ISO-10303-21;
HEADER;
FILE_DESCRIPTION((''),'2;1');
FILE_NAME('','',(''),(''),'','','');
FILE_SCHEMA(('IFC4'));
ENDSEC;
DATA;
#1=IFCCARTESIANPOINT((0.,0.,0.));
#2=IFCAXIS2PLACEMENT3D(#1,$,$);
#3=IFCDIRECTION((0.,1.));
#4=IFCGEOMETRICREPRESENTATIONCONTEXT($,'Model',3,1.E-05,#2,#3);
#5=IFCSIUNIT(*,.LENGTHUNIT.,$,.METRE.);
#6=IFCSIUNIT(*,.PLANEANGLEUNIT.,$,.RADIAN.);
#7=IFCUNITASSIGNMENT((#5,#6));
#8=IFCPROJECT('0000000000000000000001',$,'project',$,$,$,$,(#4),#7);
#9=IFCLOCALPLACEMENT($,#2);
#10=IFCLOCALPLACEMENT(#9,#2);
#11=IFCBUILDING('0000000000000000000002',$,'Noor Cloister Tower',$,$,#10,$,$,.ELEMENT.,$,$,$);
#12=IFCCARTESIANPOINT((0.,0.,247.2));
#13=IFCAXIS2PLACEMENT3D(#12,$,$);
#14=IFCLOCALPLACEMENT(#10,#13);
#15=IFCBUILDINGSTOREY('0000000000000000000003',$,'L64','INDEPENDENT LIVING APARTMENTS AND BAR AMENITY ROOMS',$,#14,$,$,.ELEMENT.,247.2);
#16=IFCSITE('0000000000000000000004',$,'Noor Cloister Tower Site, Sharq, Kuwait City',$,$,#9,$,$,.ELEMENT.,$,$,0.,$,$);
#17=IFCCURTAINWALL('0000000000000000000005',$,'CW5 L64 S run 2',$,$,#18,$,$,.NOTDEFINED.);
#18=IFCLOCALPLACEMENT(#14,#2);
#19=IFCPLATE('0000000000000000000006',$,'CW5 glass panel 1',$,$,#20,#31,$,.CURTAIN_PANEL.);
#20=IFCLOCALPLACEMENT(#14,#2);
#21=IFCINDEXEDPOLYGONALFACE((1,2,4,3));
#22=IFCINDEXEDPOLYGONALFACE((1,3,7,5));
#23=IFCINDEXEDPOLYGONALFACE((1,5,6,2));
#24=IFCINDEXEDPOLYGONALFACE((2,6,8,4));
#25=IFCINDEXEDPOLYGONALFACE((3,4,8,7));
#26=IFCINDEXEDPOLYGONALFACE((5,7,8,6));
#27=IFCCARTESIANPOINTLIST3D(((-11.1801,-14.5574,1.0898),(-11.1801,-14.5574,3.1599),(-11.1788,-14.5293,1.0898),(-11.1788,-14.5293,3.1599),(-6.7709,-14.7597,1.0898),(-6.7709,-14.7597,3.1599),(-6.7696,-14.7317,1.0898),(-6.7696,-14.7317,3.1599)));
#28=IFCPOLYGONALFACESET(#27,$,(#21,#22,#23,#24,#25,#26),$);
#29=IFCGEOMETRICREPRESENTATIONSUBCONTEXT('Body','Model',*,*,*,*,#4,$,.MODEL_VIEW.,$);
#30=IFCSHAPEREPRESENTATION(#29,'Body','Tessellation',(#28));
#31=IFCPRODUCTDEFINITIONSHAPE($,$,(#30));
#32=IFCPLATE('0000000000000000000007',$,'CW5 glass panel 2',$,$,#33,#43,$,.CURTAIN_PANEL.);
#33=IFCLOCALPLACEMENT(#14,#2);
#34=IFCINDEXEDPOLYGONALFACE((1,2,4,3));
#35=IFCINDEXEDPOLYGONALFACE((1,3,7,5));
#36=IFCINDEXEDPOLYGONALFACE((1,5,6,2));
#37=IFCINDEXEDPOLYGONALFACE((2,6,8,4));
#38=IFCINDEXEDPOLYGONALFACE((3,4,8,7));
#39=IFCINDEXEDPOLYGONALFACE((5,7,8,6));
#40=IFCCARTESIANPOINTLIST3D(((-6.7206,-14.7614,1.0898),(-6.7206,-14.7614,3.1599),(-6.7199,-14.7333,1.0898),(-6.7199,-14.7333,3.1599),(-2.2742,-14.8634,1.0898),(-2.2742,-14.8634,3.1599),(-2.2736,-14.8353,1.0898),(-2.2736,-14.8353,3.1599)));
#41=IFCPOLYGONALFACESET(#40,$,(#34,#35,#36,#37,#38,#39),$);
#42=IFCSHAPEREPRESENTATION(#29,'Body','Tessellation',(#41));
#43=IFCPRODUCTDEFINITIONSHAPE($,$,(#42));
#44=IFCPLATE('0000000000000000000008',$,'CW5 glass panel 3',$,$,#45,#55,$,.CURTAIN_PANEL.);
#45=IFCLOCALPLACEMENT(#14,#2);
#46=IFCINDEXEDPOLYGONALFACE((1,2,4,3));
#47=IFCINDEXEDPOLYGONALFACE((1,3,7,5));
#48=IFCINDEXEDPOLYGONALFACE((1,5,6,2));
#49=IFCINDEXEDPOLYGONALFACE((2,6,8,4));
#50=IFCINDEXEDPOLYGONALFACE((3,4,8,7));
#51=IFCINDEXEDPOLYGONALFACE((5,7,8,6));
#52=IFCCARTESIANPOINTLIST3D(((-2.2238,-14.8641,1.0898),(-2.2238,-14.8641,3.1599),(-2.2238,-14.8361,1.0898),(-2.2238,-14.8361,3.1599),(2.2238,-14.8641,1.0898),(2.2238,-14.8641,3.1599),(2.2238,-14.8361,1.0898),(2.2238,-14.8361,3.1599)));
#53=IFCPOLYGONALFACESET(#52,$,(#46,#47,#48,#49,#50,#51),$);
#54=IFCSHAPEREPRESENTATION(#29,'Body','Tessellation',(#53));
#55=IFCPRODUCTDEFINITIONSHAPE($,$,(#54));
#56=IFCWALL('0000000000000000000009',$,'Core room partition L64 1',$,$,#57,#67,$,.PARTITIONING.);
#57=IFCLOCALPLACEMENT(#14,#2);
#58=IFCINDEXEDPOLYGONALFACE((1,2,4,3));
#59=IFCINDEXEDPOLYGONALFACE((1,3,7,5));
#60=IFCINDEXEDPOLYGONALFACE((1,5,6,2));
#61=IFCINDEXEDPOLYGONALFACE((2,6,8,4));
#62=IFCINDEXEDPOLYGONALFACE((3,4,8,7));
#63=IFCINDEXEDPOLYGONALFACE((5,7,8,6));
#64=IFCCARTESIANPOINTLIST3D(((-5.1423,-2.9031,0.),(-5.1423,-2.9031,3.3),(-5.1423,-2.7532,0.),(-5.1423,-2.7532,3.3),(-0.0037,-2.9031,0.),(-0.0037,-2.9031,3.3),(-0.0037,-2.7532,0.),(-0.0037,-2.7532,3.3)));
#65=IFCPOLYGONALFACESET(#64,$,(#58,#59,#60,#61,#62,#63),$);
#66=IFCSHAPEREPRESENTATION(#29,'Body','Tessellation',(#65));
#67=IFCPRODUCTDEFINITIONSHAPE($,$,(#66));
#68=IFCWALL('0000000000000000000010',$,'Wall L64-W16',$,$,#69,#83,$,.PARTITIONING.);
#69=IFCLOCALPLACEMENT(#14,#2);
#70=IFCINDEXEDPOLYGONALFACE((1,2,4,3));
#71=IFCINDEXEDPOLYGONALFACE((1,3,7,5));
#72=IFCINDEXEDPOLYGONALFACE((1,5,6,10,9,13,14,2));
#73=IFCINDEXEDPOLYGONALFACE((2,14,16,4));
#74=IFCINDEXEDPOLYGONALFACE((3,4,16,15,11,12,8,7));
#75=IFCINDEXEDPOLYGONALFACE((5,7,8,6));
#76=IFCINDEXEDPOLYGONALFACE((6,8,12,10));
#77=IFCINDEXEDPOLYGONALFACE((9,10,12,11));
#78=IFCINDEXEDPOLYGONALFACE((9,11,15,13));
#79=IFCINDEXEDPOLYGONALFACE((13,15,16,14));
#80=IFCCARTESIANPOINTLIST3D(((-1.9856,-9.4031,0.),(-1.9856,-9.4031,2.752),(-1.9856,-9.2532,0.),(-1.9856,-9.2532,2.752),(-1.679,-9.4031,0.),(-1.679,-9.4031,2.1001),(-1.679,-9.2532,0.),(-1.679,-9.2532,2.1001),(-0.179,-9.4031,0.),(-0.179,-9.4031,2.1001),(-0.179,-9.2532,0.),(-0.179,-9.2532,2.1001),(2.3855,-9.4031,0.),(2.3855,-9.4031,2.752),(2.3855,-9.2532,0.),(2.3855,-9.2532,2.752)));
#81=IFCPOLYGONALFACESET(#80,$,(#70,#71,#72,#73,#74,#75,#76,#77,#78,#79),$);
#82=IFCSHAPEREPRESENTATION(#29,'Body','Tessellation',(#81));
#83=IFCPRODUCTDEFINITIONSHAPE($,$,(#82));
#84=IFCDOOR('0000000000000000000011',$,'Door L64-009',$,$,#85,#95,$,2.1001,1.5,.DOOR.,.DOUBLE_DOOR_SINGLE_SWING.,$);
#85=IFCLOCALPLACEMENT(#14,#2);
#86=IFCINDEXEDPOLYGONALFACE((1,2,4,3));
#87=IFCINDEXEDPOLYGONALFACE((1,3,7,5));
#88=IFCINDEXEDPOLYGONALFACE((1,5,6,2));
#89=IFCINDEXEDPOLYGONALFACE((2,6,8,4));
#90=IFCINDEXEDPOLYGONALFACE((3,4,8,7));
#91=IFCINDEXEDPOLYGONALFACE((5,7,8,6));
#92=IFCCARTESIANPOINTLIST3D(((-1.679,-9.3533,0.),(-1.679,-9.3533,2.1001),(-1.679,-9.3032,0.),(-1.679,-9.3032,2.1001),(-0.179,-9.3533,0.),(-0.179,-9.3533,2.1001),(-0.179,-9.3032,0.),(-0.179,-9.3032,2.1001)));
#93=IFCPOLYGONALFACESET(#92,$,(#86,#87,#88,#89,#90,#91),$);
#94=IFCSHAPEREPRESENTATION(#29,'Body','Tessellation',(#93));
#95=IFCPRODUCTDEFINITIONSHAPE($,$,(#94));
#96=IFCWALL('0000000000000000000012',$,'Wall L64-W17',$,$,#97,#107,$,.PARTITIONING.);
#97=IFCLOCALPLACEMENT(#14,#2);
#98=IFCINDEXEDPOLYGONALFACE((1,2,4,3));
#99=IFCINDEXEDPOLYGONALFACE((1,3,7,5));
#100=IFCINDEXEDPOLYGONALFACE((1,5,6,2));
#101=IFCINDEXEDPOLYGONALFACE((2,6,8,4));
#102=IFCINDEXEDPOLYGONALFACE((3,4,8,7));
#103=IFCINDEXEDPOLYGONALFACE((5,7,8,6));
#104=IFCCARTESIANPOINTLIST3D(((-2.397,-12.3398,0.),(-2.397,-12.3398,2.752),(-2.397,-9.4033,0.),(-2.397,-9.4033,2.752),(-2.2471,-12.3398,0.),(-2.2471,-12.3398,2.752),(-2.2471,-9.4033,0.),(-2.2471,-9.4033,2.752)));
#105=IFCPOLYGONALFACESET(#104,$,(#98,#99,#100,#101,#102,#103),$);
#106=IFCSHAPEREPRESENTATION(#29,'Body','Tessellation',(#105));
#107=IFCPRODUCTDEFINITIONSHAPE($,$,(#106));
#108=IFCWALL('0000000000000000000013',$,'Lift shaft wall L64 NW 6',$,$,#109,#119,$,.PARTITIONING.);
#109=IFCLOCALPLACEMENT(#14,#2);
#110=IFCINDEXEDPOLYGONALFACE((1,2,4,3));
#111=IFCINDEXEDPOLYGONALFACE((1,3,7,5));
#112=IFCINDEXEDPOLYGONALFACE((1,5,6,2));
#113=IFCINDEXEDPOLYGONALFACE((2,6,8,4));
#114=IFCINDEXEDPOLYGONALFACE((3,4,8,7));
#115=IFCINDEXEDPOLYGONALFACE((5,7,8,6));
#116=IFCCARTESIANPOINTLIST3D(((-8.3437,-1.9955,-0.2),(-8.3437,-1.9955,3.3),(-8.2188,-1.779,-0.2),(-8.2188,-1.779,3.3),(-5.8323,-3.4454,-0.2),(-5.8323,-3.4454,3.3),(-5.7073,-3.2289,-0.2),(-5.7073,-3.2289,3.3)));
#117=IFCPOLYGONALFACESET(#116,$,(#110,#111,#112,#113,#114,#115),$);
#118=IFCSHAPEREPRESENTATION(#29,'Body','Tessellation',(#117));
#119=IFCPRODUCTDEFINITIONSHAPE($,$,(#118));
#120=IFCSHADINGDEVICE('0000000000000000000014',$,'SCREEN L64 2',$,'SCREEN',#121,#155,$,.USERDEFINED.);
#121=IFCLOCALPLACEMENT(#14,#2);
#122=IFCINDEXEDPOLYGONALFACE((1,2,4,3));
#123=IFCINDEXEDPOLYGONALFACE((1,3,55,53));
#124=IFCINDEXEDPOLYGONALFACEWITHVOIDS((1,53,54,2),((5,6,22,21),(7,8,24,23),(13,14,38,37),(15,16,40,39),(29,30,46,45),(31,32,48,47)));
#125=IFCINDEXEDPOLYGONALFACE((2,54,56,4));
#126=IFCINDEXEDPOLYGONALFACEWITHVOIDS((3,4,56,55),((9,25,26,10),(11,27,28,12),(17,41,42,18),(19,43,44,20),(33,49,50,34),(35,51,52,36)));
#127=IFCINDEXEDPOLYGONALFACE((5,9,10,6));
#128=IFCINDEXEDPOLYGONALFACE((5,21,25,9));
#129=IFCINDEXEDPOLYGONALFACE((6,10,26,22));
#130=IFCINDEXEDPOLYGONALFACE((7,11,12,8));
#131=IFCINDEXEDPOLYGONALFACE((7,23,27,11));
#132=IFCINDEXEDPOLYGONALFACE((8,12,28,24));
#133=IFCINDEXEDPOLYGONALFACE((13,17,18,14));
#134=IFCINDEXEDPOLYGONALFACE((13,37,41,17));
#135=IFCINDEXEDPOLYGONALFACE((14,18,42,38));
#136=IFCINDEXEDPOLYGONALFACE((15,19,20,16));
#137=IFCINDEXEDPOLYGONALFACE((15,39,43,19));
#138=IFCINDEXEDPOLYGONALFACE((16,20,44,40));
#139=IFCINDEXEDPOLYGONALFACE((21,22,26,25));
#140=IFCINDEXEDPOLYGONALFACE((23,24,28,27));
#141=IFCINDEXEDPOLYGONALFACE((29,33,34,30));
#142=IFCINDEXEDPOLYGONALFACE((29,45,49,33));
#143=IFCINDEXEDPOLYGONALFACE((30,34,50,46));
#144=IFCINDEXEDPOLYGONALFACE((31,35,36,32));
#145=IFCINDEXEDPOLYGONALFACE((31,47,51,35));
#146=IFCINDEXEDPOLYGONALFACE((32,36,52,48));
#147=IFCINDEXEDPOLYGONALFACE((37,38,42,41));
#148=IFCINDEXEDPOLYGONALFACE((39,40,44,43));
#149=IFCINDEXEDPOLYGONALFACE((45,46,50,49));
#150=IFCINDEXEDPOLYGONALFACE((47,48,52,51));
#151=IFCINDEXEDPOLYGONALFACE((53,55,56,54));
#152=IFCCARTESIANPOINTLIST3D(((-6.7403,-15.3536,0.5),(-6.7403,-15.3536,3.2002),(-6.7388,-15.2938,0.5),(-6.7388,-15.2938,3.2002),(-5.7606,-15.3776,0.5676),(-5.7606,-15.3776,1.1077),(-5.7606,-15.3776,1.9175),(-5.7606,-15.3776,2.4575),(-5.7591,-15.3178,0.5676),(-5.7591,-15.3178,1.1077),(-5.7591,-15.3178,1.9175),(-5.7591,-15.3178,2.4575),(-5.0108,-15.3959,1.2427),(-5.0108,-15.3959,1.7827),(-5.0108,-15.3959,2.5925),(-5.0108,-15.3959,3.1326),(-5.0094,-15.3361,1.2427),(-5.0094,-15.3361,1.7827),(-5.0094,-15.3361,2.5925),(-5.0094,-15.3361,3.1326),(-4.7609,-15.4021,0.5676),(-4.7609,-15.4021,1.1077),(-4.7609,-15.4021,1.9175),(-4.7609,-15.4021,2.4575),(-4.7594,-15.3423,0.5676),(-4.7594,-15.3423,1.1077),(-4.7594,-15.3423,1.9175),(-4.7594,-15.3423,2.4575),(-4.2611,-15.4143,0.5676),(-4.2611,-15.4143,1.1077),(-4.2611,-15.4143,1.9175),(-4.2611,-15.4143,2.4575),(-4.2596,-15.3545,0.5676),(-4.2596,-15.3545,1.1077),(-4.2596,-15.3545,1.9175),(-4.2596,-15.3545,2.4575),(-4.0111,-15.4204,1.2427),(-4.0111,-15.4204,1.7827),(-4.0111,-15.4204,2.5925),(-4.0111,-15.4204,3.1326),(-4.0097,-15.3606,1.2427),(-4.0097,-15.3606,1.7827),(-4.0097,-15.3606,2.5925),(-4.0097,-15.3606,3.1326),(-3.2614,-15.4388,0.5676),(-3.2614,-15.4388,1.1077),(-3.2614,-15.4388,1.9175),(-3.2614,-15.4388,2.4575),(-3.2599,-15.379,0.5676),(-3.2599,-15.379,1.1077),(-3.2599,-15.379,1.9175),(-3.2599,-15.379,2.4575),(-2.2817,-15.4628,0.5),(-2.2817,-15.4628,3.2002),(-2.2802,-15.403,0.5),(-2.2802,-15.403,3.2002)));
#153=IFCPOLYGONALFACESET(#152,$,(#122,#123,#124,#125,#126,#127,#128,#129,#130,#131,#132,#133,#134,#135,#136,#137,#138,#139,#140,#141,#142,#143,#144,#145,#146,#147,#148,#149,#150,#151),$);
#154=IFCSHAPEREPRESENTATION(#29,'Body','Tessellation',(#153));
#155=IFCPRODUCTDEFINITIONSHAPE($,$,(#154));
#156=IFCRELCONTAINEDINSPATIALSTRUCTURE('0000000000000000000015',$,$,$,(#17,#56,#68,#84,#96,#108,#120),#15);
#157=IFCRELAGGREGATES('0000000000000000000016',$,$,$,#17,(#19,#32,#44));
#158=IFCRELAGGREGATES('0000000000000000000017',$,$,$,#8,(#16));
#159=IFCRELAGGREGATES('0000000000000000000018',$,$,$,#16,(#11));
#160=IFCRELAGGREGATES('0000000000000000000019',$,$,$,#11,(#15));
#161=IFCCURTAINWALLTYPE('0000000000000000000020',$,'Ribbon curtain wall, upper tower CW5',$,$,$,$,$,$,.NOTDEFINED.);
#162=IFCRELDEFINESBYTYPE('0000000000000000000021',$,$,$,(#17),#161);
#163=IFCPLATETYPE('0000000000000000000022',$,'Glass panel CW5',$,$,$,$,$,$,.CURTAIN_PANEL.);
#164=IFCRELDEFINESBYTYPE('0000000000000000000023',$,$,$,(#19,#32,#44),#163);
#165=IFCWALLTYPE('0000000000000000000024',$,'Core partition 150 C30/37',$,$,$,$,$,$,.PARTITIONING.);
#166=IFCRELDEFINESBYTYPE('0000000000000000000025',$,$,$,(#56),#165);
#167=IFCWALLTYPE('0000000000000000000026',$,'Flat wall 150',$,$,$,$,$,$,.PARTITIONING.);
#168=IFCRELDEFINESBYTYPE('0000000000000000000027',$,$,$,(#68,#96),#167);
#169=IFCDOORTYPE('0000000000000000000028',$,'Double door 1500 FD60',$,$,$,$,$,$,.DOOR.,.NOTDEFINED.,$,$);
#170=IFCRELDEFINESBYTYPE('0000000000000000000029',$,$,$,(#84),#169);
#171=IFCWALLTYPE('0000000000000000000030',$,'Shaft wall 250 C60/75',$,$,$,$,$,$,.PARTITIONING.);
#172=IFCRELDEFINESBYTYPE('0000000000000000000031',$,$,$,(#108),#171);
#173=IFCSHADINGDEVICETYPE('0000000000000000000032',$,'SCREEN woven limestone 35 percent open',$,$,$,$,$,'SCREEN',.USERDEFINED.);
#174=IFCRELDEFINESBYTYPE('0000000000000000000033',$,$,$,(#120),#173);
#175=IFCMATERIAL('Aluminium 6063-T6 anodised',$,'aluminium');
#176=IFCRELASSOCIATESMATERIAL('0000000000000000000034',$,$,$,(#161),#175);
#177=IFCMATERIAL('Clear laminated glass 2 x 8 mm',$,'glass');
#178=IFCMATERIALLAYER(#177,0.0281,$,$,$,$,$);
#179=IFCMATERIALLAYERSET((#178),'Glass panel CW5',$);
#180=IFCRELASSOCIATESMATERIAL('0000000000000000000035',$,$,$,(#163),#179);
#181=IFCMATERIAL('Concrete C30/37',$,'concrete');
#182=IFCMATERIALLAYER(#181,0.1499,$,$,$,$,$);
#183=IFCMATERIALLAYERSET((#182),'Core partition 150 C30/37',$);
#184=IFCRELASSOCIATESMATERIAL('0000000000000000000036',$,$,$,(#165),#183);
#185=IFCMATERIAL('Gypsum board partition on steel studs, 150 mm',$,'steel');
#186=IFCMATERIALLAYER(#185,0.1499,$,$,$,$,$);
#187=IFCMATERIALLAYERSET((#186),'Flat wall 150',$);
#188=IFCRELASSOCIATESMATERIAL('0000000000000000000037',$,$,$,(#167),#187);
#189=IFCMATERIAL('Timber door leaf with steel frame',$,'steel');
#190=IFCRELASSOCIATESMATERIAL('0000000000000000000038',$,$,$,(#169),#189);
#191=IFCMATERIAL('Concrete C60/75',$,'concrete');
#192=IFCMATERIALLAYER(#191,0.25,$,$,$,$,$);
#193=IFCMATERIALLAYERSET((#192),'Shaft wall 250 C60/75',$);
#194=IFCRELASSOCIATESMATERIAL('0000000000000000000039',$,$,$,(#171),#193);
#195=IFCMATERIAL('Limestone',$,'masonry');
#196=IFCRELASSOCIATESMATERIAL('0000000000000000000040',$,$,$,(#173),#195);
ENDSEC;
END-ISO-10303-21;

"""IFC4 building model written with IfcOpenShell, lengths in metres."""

from ifc_helpers import new_model, si_unit, direction, frame, frame_2d, origin, origin_2d, place, context, subcontext, project, spatial, polyline, rectangle, outline, extrude, material, layer, layer_set, material_profile, profile_set, type_object, element, fill, aggregate, save


model = new_model("IFC4")

# Units and contexts
model_context = context("Model", 3, precision=1e-05, world=origin(), true_north=direction((0.0, 1.0)))
body_context = subcontext(model_context, "Body", "Model", "MODEL_VIEW")
ifc_project = project(units=[si_unit("LENGTHUNIT", "METRE"), si_unit("PLANEANGLEUNIT", "RADIAN")], contexts=[model_context])

# Site, building, storey
site_placement = place(None, origin())
site = spatial("IfcSite", under=ifc_project, at=site_placement, Name="Noor Cloister Tower Site, Sharq, Kuwait City", CompositionType="ELEMENT", RefElevation=0.0)
building_placement = place(site_placement, origin())
building = spatial("IfcBuilding", under=site, at=building_placement, Name="Noor Cloister Tower", CompositionType="ELEMENT")
storey_placement = place(building_placement, frame((0.0, 0.0, 247.2)))
storey = spatial("IfcBuildingStorey", under=building, at=storey_placement, Name="L64", Description="INDEPENDENT LIVING APARTMENTS AND BAR AMENITY ROOMS", CompositionType="ELEMENT", Elevation=247.2)

# Curtain wall
ifc_material_1 = material(Name="Aluminium 6063-T6 anodised", Category="aluminium")
curtain_wall_type = type_object("IfcCurtainWallType", Name="Ribbon curtain wall, upper tower CW5", PredefinedType="NOTDEFINED", material=ifc_material_1)
curtain_wall_1_placement = place(storey_placement, origin())
curtain_wall_1 = element("IfcCurtainWall", 1, at=curtain_wall_1_placement, inside=storey, type_object=curtain_wall_type, Name="CW5 L64 S run 2", PredefinedType="NOTDEFINED")

# Plates
ifc_material_2 = material(Name="Clear laminated glass 2 x 8 mm", Category="glass")
ifc_layer_1 = layer(ifc_material_2, 0.0281)
ifc_layer_set_1 = layer_set([ifc_layer_1], Name="Glass panel CW5")
plate_type = type_object("IfcPlateType", Name="Glass panel CW5", PredefinedType="CURTAIN_PANEL", material=ifc_layer_set_1)
plate_1_placement = place(storey_placement, frame((-8.9749, -14.6445, 1.0898), z_axis=(0.0, 0.0, 1.0), x_axis=(0.998949, -0.045838, 0.0)))
plate_1 = element("IfcPlate", 2, at=plate_1_placement, type_object=plate_type, Name="CW5 glass panel 1", PredefinedType="CURTAIN_PANEL", context=body_context, shape_type="SweptSolid", body=[
    extrude(rectangle(XDim=4.4138, YDim=0.0281, at=origin_2d()), origin(), (0.0, 0.0, 1.0), 2.0701),
])
plate_2_placement = place(storey_placement, frame((-4.4971, -14.7983, 1.0898), z_axis=(0.0, 0.0, 1.0), x_axis=(0.999737, -0.022925, 0.0)))
plate_2 = element("IfcPlate", 3, at=plate_2_placement, type_object=plate_type, Name="CW5 glass panel 2", PredefinedType="CURTAIN_PANEL", context=body_context, shape_type="SweptSolid", body=[
    extrude(rectangle(XDim=4.4475, YDim=0.0281, at=origin_2d()), origin(), (0.0, 0.0, 1.0), 2.0701),
])
plate_3_placement = place(storey_placement, frame((0.0, -14.8501, 1.0898), z_axis=(0.0, 0.0, 1.0), x_axis=(1.0, 0.0, 0.0)))
plate_3 = element("IfcPlate", 4, at=plate_3_placement, type_object=plate_type, Name="CW5 glass panel 3", PredefinedType="CURTAIN_PANEL", context=body_context, shape_type="SweptSolid", body=[
    extrude(rectangle(XDim=4.4475, YDim=0.0281, at=origin_2d()), origin(), (0.0, 0.0, 1.0), 2.0701),
])
aggregate(curtain_wall_1, [plate_1, plate_2, plate_3])

# Wall
ifc_material_3 = material(Name="Concrete C30/37", Category="concrete")
ifc_layer_2 = layer(ifc_material_3, 0.1499)
ifc_layer_set_2 = layer_set([ifc_layer_2], Name="Core partition 150 C30/37")
wall_type_1 = type_object("IfcWallType", Name="Core partition 150 C30/37", PredefinedType="PARTITIONING", material=ifc_layer_set_2)
wall_1_placement = place(storey_placement, frame((-5.1423, -2.8281, 0.0), z_axis=(0.0, 0.0, 1.0), x_axis=(1.0, 0.0, 0.0)))
element("IfcWall", 5, at=wall_1_placement, inside=storey, type_object=wall_type_1, Name="Core room partition L64 1", PredefinedType="PARTITIONING", context=body_context, shape_type="SweptSolid", body=[
    extrude(rectangle(XDim=5.1387, YDim=0.1499, at=frame_2d((2.5693, 0.0))), origin(), (0.0, 0.0, 1.0), 3.3),
])

# Wall, opening, door
ifc_material_4 = material(Name="Gypsum board partition on steel studs, 150 mm", Category="steel")
ifc_layer_3 = layer(ifc_material_4, 0.1499)
ifc_layer_set_3 = layer_set([ifc_layer_3], Name="Flat wall 150")
wall_type_2 = type_object("IfcWallType", Name="Flat wall 150", PredefinedType="PARTITIONING", material=ifc_layer_set_3)
wall_2_placement = place(storey_placement, frame((-1.9856, -9.3281, 0.0), z_axis=(0.0, 0.0, 1.0), x_axis=(1.0, 0.0, 0.0)))
wall_2 = element("IfcWall", 6, at=wall_2_placement, inside=storey, type_object=wall_type_2, Name="Wall L64-W16", PredefinedType="PARTITIONING", context=body_context, shape_type="SweptSolid", body=[
    extrude(rectangle(XDim=4.3711, YDim=0.1499, at=frame_2d((2.1855, 0.0))), origin(), (0.0, 0.0, 1.0), 2.752),
])
opening_placement = place(wall_2_placement, frame((0.3066, 0.0, 0.0)))
opening = element("IfcOpeningElement", 7, at=opening_placement, cuts=wall_2, PredefinedType="OPENING", context=body_context, shape_type="SweptSolid", body=[
    extrude(rectangle(XDim=1.5, YDim=2.1001, at=frame_2d((0.75, 1.05))), frame((0.0, 0.085, 0.0), z_axis=(0.0, -1.0, 0.0), x_axis=(1.0, 0.0, 0.0)), (0.0, 0.0, 1.0), 0.1699),
])
ifc_material_5 = material(Name="Timber door leaf with steel frame", Category="steel")
door_type = type_object("IfcDoorType", Name="Double door 1500 FD60", OperationType="NOTDEFINED", PredefinedType="DOOR", material=ifc_material_5)
door_placement = place(opening_placement, origin())
door = element("IfcDoor", 8, at=door_placement, inside=storey, type_object=door_type, Name="Door L64-009", OperationType="DOUBLE_DOOR_SINGLE_SWING", OverallHeight=2.1001, OverallWidth=1.5, PredefinedType="DOOR", context=body_context, shape_type="SweptSolid", body=[
    extrude(rectangle(XDim=1.5, YDim=2.1001, at=frame_2d((0.75, 1.05))), frame((0.0, 0.0249, 0.0), z_axis=(0.0, -1.0, 0.0), x_axis=(1.0, 0.0, 0.0)), (0.0, 0.0, 1.0), 0.05),
])
fill(opening, door)

# Walls
wall_3_placement = place(storey_placement, frame((-2.322, -9.4033, 0.0), z_axis=(0.0, 0.0, 1.0), x_axis=(0.0, -1.0, 0.0)))
element("IfcWall", 9, at=wall_3_placement, inside=storey, type_object=wall_type_2, Name="Wall L64-W17", PredefinedType="PARTITIONING", context=body_context, shape_type="SweptSolid", body=[
    extrude(rectangle(XDim=2.9365, YDim=0.1499, at=frame_2d((1.4683, 0.0))), origin(), (0.0, 0.0, 1.0), 2.752),
])
ifc_material_6 = material(Name="Concrete C60/75", Category="concrete")
ifc_layer_4 = layer(ifc_material_6, 0.25)
ifc_layer_set_4 = layer_set([ifc_layer_4], Name="Shaft wall 250 C60/75")
wall_type_3 = type_object("IfcWallType", Name="Shaft wall 250 C60/75", PredefinedType="PARTITIONING", material=ifc_layer_set_4)
wall_4_placement = place(storey_placement, frame((-8.2812, -1.8872, -0.2), z_axis=(0.0, 0.0, 1.0), x_axis=(0.866033, -0.499987, 0.0)))
element("IfcWall", 10, at=wall_4_placement, inside=storey, type_object=wall_type_3, Name="Lift shaft wall L64 NW 6", PredefinedType="PARTITIONING", context=body_context, shape_type="SweptSolid", body=[
    extrude(rectangle(XDim=2.8999, YDim=0.25, at=frame_2d((1.45, 0.0))), origin(), (0.0, 0.0, 1.0), 3.5),
])

# Shading device
ifc_material_7 = material(Name="Limestone", Category="masonry")
ifc_material_profile_1 = material_profile(ifc_material_7, outline(polyline([(-2.23, -1.3501), (2.23, -1.3501), (2.23, 1.3501), (-2.23, 1.3501), (-2.23, -1.3501)]), holes=[polyline([(-1.25, -1.2825), (-0.25, -1.2825), (-0.25, -0.7424), (-1.25, -0.7424), (-1.25, -1.2825)]), polyline([(0.25, -1.2825), (1.25, -1.2825), (1.25, -0.7424), (0.25, -0.7424), (0.25, -1.2825)]), polyline([(-0.5, -0.6074), (0.5, -0.6074), (0.5, -0.0674), (-0.5, -0.0674), (-0.5, -0.6074)]), polyline([(-1.25, 0.0674), (-0.25, 0.0674), (-0.25, 0.6074), (-1.25, 0.6074), (-1.25, 0.0674)]), polyline([(0.25, 0.0674), (1.25, 0.0674), (1.25, 0.6074), (0.25, 0.6074), (0.25, 0.0674)]), polyline([(-0.5, 0.7424), (0.5, 0.7424), (0.5, 1.2825), (-0.5, 1.2825), (-0.5, 0.7424)])]), Name="Woven screen 35 percent open")
ifc_profile_set_1 = profile_set([ifc_material_profile_1], Name="Limestone")
shading_device_type = type_object("IfcShadingDeviceType", Name="SCREEN woven limestone 35 percent open", ElementType="SCREEN", PredefinedType="USERDEFINED", material=ifc_profile_set_1)
shading_device_1_placement = place(storey_placement, frame((-4.5095, -15.3484, 1.8501), z_axis=(-0.024482, -0.9997, 0.0), x_axis=(0.9997, -0.024482, 0.0)))
element("IfcShadingDevice", 11, at=shading_device_1_placement, inside=storey, type_object=shading_device_type, Name="SCREEN L64 2", ObjectType="SCREEN", PredefinedType="USERDEFINED", context=body_context, shape_type="SweptSolid", body=[
    extrude(outline(polyline([(-2.23, -1.3501), (2.23, -1.3501), (2.23, 1.3501), (-2.23, 1.3501), (-2.23, -1.3501)]), holes=[polyline([(-1.25, -1.2825), (-0.25, -1.2825), (-0.25, -0.7424), (-1.25, -0.7424), (-1.25, -1.2825)]), polyline([(0.25, -1.2825), (1.25, -1.2825), (1.25, -0.7424), (0.25, -0.7424), (0.25, -1.2825)]), polyline([(-0.5, -0.6074), (0.5, -0.6074), (0.5, -0.0674), (-0.5, -0.0674), (-0.5, -0.6074)]), polyline([(-1.25, 0.0674), (-0.25, 0.0674), (-0.25, 0.6074), (-1.25, 0.6074), (-1.25, 0.0674)]), polyline([(0.25, 0.0674), (1.25, 0.0674), (1.25, 0.6074), (0.25, 0.6074), (0.25, 0.0674)]), polyline([(-0.5, 0.7424), (0.5, 0.7424), (0.5, 1.2825), (-0.5, 1.2825), (-0.5, 0.7424)])]), origin(), (0.0, 0.0, 1.0), 0.0598),
])

save(model, "model.ifc")
